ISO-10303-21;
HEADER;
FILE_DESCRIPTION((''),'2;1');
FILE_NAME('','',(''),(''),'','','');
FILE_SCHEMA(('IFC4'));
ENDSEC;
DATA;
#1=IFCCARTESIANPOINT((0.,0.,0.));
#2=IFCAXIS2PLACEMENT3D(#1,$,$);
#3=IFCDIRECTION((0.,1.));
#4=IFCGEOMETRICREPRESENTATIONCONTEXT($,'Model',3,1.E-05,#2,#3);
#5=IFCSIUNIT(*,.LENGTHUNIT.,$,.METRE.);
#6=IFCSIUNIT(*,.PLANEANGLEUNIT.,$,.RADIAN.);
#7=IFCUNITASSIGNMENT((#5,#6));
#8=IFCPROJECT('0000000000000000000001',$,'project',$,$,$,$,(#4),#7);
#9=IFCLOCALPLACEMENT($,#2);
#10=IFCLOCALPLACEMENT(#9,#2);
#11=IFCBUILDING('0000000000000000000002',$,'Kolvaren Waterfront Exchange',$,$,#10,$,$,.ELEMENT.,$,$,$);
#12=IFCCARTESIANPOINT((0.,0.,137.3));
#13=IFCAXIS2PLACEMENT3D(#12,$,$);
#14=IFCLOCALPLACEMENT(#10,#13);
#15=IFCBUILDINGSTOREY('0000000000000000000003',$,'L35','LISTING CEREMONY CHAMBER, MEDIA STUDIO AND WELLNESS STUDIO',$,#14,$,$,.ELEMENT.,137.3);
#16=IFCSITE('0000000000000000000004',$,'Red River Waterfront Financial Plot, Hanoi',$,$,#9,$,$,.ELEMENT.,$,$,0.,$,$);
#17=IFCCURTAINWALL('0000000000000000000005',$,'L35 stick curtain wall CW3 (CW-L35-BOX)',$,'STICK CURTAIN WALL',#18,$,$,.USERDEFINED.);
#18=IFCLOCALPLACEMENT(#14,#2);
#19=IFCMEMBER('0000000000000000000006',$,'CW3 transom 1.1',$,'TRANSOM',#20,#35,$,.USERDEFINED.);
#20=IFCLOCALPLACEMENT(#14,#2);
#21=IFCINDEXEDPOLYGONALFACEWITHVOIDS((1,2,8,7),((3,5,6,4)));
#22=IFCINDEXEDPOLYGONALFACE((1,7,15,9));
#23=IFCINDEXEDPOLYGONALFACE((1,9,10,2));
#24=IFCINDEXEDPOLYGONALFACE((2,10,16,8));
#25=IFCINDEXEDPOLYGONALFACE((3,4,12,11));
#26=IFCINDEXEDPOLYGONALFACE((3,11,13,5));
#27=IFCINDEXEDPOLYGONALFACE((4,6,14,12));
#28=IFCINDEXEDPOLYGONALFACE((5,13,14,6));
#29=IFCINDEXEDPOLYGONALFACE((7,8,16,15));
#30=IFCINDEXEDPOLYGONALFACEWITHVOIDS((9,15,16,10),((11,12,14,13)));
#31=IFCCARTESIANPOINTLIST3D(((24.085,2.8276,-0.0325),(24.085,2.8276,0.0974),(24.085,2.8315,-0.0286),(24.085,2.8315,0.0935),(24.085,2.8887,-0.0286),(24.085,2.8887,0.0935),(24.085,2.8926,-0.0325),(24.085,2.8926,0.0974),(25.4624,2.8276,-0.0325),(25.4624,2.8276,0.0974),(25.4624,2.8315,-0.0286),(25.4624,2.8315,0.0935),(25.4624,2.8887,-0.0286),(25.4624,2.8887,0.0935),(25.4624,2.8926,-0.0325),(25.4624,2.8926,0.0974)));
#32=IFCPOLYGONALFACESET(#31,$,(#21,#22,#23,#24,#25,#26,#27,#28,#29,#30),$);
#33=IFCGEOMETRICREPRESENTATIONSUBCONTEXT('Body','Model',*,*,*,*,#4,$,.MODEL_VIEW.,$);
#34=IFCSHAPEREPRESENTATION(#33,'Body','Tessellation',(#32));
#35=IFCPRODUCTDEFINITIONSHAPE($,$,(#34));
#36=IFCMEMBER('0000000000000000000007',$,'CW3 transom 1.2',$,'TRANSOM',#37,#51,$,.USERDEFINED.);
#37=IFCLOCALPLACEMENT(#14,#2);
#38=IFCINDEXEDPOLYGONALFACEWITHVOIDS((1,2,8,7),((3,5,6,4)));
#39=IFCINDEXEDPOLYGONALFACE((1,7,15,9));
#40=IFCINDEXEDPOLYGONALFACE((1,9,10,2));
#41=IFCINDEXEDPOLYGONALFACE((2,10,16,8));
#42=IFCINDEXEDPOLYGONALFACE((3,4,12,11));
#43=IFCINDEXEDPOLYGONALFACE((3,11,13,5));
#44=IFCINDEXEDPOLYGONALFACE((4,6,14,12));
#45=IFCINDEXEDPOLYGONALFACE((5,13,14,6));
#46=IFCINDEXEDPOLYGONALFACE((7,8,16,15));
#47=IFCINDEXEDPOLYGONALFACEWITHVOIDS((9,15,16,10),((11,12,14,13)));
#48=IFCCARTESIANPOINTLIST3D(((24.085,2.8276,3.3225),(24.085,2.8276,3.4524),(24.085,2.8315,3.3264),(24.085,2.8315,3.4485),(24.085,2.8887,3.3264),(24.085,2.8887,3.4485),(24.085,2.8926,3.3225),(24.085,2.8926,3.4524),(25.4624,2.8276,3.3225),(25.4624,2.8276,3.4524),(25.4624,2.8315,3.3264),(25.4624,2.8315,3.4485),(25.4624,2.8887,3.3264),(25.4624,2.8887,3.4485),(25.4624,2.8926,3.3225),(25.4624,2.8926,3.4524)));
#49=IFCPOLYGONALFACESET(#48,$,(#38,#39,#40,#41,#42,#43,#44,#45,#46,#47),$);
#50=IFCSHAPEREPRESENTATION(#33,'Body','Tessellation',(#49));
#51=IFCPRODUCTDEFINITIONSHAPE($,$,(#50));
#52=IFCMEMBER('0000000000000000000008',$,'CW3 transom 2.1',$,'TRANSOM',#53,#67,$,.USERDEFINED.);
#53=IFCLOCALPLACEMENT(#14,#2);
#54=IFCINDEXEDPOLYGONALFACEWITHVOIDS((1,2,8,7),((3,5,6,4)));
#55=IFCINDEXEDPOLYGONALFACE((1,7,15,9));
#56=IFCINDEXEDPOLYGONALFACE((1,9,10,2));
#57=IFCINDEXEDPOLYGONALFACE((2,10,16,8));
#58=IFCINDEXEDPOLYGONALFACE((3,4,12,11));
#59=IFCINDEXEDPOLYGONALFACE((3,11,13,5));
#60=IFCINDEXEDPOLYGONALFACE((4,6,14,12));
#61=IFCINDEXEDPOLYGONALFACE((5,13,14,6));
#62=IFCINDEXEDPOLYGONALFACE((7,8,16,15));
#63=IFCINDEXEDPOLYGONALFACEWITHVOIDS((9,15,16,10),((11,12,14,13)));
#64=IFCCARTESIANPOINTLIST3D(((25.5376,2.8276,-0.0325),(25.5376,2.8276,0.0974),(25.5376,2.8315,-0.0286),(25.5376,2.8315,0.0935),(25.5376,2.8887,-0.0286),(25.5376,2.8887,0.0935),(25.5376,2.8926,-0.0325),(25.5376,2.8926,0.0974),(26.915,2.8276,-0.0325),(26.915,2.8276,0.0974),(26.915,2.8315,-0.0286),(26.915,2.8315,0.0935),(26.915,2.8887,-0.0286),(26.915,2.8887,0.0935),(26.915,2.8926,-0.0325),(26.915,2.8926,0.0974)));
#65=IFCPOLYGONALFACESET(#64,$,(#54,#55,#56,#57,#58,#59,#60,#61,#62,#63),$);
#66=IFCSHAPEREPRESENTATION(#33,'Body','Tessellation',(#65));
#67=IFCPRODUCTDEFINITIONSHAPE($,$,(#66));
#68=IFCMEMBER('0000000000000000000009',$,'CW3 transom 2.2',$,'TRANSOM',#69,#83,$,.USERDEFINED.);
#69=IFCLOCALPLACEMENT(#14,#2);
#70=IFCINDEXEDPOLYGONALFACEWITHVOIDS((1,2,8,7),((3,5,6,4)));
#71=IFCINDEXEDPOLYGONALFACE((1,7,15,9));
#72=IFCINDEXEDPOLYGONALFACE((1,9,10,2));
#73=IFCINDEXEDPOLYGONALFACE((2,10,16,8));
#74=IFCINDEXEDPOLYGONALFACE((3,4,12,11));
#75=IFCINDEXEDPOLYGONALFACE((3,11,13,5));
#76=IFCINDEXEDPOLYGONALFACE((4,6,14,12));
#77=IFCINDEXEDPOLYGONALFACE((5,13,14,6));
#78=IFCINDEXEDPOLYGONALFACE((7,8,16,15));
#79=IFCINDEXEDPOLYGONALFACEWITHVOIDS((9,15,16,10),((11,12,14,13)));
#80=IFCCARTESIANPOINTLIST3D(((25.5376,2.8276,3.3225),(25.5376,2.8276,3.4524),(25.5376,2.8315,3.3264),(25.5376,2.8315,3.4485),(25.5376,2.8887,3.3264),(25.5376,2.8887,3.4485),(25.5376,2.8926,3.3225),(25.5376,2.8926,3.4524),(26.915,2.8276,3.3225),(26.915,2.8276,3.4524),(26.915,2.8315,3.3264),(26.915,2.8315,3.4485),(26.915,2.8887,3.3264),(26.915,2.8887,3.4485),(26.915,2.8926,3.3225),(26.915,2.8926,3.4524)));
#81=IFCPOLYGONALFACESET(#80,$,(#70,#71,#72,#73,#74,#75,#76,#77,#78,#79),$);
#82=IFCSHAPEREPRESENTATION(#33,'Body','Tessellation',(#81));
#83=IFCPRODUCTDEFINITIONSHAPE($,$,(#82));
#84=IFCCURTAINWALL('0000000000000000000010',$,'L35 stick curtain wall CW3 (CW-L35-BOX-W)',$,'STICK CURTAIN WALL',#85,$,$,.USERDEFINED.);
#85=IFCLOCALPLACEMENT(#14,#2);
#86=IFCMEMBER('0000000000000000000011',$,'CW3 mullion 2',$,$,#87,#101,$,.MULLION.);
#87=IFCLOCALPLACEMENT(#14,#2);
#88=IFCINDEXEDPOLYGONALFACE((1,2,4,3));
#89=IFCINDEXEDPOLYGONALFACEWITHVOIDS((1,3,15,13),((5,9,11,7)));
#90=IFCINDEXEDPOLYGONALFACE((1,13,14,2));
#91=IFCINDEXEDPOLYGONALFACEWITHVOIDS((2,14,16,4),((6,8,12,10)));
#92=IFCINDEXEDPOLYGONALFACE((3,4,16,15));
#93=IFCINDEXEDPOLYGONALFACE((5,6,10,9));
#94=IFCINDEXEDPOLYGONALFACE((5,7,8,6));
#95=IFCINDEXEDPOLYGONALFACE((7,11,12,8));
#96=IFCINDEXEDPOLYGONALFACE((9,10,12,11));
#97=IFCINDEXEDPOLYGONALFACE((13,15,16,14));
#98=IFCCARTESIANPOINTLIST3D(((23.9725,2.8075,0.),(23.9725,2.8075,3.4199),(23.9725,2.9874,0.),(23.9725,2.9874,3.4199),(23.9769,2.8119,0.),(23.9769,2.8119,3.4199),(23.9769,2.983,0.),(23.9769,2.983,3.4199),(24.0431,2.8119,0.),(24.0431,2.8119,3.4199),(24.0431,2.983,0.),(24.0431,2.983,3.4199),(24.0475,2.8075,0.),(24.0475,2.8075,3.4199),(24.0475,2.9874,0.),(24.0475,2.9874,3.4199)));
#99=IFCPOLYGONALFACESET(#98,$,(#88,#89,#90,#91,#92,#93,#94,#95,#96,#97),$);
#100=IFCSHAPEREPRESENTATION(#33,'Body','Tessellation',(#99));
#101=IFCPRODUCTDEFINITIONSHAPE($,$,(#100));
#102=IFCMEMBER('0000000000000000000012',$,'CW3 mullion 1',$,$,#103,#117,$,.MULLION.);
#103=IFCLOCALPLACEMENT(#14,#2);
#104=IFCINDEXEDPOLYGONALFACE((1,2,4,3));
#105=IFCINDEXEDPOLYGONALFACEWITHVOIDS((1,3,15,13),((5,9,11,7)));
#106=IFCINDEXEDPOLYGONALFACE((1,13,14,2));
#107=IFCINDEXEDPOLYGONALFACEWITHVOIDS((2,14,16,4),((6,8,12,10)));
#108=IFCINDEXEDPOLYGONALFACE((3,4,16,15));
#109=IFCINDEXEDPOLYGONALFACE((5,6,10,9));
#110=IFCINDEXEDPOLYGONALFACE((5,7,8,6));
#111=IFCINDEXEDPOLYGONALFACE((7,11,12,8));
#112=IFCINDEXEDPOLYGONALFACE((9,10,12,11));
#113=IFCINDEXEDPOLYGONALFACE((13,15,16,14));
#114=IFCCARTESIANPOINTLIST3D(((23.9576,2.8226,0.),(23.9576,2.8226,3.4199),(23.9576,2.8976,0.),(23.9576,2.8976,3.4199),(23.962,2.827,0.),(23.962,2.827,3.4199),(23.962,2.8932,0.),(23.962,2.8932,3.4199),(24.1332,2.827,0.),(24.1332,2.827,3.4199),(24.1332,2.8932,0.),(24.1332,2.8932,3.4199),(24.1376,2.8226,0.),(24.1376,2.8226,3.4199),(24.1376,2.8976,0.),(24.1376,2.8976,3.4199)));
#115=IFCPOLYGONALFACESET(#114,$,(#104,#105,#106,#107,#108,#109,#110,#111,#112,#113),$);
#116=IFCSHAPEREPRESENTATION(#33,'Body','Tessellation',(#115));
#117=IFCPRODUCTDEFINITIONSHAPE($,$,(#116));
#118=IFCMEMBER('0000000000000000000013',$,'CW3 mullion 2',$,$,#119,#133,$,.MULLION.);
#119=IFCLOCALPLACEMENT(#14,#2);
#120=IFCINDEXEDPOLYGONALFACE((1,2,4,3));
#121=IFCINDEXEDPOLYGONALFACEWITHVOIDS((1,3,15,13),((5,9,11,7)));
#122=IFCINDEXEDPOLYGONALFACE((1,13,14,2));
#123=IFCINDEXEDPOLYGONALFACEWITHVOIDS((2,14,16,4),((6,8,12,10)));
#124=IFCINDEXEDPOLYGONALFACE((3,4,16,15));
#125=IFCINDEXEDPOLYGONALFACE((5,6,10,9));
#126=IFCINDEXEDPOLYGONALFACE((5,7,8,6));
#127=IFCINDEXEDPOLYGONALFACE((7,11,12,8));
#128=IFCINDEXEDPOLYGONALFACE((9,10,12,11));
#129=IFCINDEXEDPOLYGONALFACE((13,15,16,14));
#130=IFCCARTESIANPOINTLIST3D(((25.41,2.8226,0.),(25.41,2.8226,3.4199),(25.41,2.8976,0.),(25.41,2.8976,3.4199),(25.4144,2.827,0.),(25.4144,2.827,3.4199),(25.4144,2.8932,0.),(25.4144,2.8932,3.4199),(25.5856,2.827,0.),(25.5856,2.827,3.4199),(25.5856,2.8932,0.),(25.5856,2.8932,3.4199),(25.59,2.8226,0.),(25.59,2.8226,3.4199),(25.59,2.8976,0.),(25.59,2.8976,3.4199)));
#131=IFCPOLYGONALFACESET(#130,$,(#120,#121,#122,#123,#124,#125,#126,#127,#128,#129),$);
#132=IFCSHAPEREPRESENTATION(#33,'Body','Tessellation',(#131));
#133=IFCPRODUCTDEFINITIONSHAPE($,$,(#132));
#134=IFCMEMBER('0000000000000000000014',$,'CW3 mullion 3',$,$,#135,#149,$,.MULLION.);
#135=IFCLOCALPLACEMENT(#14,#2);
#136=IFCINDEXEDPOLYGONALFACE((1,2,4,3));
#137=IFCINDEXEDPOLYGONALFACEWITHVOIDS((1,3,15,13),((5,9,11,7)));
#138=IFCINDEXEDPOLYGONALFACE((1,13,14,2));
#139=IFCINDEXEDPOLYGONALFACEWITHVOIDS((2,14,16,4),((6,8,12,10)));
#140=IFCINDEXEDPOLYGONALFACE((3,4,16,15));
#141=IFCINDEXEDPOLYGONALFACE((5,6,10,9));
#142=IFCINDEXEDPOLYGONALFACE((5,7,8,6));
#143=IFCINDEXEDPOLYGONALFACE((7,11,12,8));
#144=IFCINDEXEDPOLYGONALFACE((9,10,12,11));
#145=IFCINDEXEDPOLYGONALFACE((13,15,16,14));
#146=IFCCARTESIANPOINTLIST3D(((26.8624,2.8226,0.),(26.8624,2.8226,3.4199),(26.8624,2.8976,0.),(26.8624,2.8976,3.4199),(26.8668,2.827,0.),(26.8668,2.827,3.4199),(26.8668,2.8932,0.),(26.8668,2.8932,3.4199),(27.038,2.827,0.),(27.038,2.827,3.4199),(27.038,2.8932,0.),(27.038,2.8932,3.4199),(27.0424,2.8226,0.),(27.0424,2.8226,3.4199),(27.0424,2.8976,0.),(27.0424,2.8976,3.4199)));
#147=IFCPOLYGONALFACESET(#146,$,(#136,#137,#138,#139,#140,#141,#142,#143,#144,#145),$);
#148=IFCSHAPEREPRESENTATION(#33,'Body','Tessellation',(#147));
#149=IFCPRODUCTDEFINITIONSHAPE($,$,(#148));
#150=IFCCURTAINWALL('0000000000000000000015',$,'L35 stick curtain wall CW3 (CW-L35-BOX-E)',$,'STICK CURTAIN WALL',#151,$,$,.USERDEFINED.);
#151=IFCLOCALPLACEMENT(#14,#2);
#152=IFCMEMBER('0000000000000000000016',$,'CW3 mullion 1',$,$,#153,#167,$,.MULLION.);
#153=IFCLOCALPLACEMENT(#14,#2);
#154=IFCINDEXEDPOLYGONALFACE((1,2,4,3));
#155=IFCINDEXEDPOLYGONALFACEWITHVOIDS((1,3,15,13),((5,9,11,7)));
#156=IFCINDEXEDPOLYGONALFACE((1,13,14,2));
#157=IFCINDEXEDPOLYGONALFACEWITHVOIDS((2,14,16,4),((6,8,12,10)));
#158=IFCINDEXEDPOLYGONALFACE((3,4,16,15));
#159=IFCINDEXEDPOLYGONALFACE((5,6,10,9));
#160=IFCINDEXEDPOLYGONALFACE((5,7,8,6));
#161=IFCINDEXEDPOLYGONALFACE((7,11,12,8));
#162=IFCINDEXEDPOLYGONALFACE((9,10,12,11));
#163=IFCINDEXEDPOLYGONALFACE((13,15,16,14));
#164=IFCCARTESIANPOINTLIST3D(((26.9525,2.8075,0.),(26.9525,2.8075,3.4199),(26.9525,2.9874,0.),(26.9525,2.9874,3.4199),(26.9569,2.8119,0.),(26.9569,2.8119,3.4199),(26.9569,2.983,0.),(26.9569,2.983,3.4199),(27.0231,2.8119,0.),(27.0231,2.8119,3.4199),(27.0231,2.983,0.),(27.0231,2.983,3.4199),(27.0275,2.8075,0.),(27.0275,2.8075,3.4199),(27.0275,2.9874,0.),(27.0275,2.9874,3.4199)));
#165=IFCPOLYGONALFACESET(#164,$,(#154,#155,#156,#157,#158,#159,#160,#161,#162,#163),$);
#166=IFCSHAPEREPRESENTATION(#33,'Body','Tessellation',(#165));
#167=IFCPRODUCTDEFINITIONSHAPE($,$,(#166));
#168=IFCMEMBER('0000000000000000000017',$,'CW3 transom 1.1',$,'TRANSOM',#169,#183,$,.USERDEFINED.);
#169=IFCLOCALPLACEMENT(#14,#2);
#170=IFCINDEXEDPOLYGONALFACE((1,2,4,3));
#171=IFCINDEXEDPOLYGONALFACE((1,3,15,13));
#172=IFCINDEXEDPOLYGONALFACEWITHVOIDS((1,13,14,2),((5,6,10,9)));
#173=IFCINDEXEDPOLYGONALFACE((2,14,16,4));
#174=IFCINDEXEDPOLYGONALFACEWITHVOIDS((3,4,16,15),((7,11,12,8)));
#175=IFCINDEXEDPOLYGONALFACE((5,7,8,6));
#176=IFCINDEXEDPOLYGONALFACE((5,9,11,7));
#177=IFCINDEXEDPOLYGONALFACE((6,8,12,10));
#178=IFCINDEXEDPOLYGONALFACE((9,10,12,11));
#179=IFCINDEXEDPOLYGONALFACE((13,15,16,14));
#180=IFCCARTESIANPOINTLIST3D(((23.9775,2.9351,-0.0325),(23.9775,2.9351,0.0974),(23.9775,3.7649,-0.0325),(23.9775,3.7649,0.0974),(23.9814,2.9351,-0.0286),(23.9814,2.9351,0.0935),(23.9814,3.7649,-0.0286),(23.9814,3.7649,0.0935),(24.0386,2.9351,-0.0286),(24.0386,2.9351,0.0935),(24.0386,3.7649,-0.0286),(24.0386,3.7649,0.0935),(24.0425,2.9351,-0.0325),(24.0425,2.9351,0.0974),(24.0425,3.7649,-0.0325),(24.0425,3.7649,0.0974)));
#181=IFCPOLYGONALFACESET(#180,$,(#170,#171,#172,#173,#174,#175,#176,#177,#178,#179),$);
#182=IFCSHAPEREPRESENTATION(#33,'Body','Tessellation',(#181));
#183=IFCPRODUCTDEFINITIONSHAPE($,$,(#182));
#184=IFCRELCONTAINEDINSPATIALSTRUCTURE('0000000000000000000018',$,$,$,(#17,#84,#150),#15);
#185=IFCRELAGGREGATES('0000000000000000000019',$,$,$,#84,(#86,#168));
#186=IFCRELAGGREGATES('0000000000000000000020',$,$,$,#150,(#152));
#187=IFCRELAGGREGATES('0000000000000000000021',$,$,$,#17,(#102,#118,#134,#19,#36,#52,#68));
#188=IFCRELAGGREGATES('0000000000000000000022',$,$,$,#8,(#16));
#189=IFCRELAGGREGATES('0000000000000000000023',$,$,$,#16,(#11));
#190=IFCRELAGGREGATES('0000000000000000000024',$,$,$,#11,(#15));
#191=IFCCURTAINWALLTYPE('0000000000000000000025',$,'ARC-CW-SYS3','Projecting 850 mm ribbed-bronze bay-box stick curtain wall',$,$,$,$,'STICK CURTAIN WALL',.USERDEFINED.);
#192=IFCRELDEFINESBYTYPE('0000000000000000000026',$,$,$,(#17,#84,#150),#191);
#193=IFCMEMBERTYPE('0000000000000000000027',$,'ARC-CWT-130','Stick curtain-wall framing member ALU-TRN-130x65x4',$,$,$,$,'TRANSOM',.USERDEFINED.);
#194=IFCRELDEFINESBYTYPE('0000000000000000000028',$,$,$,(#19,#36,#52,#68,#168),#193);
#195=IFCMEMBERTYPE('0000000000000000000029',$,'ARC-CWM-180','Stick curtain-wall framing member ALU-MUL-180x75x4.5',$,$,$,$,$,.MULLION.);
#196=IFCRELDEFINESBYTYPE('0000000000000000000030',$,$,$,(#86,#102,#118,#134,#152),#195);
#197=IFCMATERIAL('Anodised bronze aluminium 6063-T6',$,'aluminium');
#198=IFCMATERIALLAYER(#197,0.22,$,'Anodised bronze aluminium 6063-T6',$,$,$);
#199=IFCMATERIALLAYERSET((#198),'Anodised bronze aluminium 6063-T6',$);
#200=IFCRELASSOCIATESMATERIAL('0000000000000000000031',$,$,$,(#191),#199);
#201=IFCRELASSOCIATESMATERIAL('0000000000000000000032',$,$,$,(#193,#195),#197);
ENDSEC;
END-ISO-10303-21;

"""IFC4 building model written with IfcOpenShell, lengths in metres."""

from ifc_helpers import new_model, si_unit, direction, frame, origin, origin_with_axes, origin_2d, place, context, subcontext, project, spatial, hollow_rectangle, extrude, source, transform, mapped, material, layer, layer_set, material_profile, profile_set, type_object, element, aggregate, save


model = new_model("IFC4")

# Units and contexts
model_context = context("Model", 3, precision=1e-05, world=origin(), true_north=direction((0.0, 1.0)))
body_context = subcontext(model_context, "Body", "Model", "MODEL_VIEW")
ifc_project = project(units=[si_unit("LENGTHUNIT", "METRE"), si_unit("PLANEANGLEUNIT", "RADIAN")], contexts=[model_context])

# Site, building, storey
site_placement = place(None, origin())
site = spatial("IfcSite", under=ifc_project, at=site_placement, Name="Red River Waterfront Financial Plot, Hanoi", CompositionType="ELEMENT", RefElevation=0.0)
building_placement = place(site_placement, origin())
building = spatial("IfcBuilding", under=site, at=building_placement, Name="Kolvaren Waterfront Exchange", CompositionType="ELEMENT")
storey_placement = place(building_placement, frame((0.0, 0.0, 137.3)))
storey = spatial("IfcBuildingStorey", under=building, at=storey_placement, Name="L35", Description="LISTING CEREMONY CHAMBER, MEDIA STUDIO AND WELLNESS STUDIO", CompositionType="ELEMENT", Elevation=137.3)

# Curtain wall, members
ifc_material_1 = material(Name="Anodised bronze aluminium 6063-T6", Category="aluminium")
ifc_layer_1 = layer(ifc_material_1, 0.22, Name="Anodised bronze aluminium 6063-T6")
ifc_layer_set_1 = layer_set([ifc_layer_1], Name="Anodised bronze aluminium 6063-T6")
curtain_wall_type = type_object("IfcCurtainWallType", Name="ARC-CW-SYS3", Description="Projecting 850 mm ribbed-bronze bay-box stick curtain wall", ElementType="STICK CURTAIN WALL", PredefinedType="USERDEFINED", material=ifc_layer_set_1)
curtain_wall_1_placement = place(storey_placement, origin())
curtain_wall_1 = element("IfcCurtainWall", 1, at=curtain_wall_1_placement, inside=storey, type_object=curtain_wall_type, Name="L35 stick curtain wall CW3 (CW-L35-BOX)", ObjectType="STICK CURTAIN WALL", PredefinedType="USERDEFINED")
ifc_material_profile_1 = material_profile(ifc_material_1, hollow_rectangle(XDim=0.0649, YDim=0.1299, WallThickness=0.0039, at=origin_2d()), Name="ALU-TRN-130x65x4")
ifc_profile_set_1 = profile_set([ifc_material_profile_1], Name="Anodised bronze aluminium 6063-T6")
member_type_1 = type_object("IfcMemberType", Name="ARC-CWT-130", Description="Stick curtain-wall framing member ALU-TRN-130x65x4", ElementType="TRANSOM", PredefinedType="USERDEFINED", material=ifc_profile_set_1)
shared_shape_1 = source(origin_with_axes(), body_context, "Body", "SweptSolid", [
    extrude(hollow_rectangle(XDim=0.0649, YDim=0.1299, WallThickness=0.0039, at=origin_2d()), origin(), (0.0, 0.0, 1.0), 1.3774),
])
member_1_placement = place(storey_placement, frame((24.085, 2.8601, 0.0325), z_axis=(1.0, 0.0, 0.0), x_axis=(0.0, 1.0, 0.0)))
member_1 = element("IfcMember", 2, at=member_1_placement, type_object=member_type_1, Name="CW3 transom 1.1", ObjectType="TRANSOM", PredefinedType="USERDEFINED", context=body_context, shape_type="MappedRepresentation", body=[
    mapped(shared_shape_1, transform((0.0, 0.0, 0.0), x_axis=(1.0, 0.0, 0.0), y_axis=(0.0, 1.0, 0.0), z_axis=(0.0, 0.0, 1.0), scale=1.0)),
])
member_2_placement = place(storey_placement, frame((24.085, 2.8601, 3.3875), z_axis=(1.0, 0.0, 0.0), x_axis=(0.0, 1.0, 0.0)))
member_2 = element("IfcMember", 3, at=member_2_placement, type_object=member_type_1, Name="CW3 transom 1.2", ObjectType="TRANSOM", PredefinedType="USERDEFINED", context=body_context, shape_type="MappedRepresentation", body=[
    mapped(shared_shape_1, transform((0.0, 0.0, 0.0), x_axis=(1.0, 0.0, 0.0), y_axis=(0.0, 1.0, 0.0), z_axis=(0.0, 0.0, 1.0), scale=1.0)),
])
member_3_placement = place(storey_placement, frame((25.5376, 2.8601, 0.0325), z_axis=(1.0, 0.0, 0.0), x_axis=(0.0, 1.0, 0.0)))
member_3 = element("IfcMember", 4, at=member_3_placement, type_object=member_type_1, Name="CW3 transom 2.1", ObjectType="TRANSOM", PredefinedType="USERDEFINED", context=body_context, shape_type="MappedRepresentation", body=[
    mapped(shared_shape_1, transform((0.0, 0.0, 0.0), x_axis=(1.0, 0.0, 0.0), y_axis=(0.0, 1.0, 0.0), z_axis=(0.0, 0.0, 1.0), scale=1.0)),
])
member_4_placement = place(storey_placement, frame((25.5376, 2.8601, 3.3875), z_axis=(1.0, 0.0, 0.0), x_axis=(0.0, 1.0, 0.0)))
member_4 = element("IfcMember", 5, at=member_4_placement, type_object=member_type_1, Name="CW3 transom 2.2", ObjectType="TRANSOM", PredefinedType="USERDEFINED", context=body_context, shape_type="MappedRepresentation", body=[
    mapped(shared_shape_1, transform((0.0, 0.0, 0.0), x_axis=(1.0, 0.0, 0.0), y_axis=(0.0, 1.0, 0.0), z_axis=(0.0, 0.0, 1.0), scale=1.0)),
])

# Curtain wall, member
curtain_wall_2_placement = place(storey_placement, origin())
curtain_wall_2 = element("IfcCurtainWall", 6, at=curtain_wall_2_placement, inside=storey, type_object=curtain_wall_type, Name="L35 stick curtain wall CW3 (CW-L35-BOX-W)", ObjectType="STICK CURTAIN WALL", PredefinedType="USERDEFINED")
ifc_material_profile_2 = material_profile(ifc_material_1, hollow_rectangle(XDim=0.075, YDim=0.1799, WallThickness=0.0044, at=origin_2d()), Name="ALU-MUL-180x75x4.5")
ifc_profile_set_2 = profile_set([ifc_material_profile_2], Name="Anodised bronze aluminium 6063-T6")
member_type_2 = type_object("IfcMemberType", Name="ARC-CWM-180", Description="Stick curtain-wall framing member ALU-MUL-180x75x4.5", PredefinedType="MULLION", material=ifc_profile_set_2)
shared_shape_2 = source(origin_with_axes(), body_context, "Body", "SweptSolid", [
    extrude(hollow_rectangle(XDim=0.075, YDim=0.1799, WallThickness=0.0044, at=origin_2d()), origin(), (0.0, 0.0, 1.0), 3.4199),
])
member_5_placement = place(storey_placement, frame((24.01, 2.8975, 0.0), z_axis=(0.0, 0.0, 1.0), x_axis=(1.0, 0.0, 0.0)))
member_5 = element("IfcMember", 7, at=member_5_placement, type_object=member_type_2, Name="CW3 mullion 2", PredefinedType="MULLION", context=body_context, shape_type="MappedRepresentation", body=[
    mapped(shared_shape_2, transform((0.0, 0.0, 0.0), x_axis=(1.0, 0.0, 0.0), y_axis=(0.0, 1.0, 0.0), z_axis=(0.0, 0.0, 1.0), scale=1.0)),
])

# Members
member_6_placement = place(storey_placement, frame((24.0476, 2.8601, 0.0), z_axis=(0.0, 0.0, 1.0), x_axis=(0.0, 1.0, 0.0)))
member_6 = element("IfcMember", 8, at=member_6_placement, type_object=member_type_2, Name="CW3 mullion 1", PredefinedType="MULLION", context=body_context, shape_type="MappedRepresentation", body=[
    mapped(shared_shape_2, transform((0.0, 0.0, 0.0), x_axis=(1.0, 0.0, 0.0), y_axis=(0.0, 1.0, 0.0), z_axis=(0.0, 0.0, 1.0), scale=1.0)),
])
member_7_placement = place(storey_placement, frame((25.5, 2.8601, 0.0), z_axis=(0.0, 0.0, 1.0), x_axis=(0.0, 1.0, 0.0)))
member_7 = element("IfcMember", 9, at=member_7_placement, type_object=member_type_2, Name="CW3 mullion 2", PredefinedType="MULLION", context=body_context, shape_type="MappedRepresentation", body=[
    mapped(shared_shape_2, transform((0.0, 0.0, 0.0), x_axis=(1.0, 0.0, 0.0), y_axis=(0.0, 1.0, 0.0), z_axis=(0.0, 0.0, 1.0), scale=1.0)),
])
member_8_placement = place(storey_placement, frame((26.9524, 2.8601, 0.0), z_axis=(0.0, 0.0, 1.0), x_axis=(0.0, 1.0, 0.0)))
member_8 = element("IfcMember", 10, at=member_8_placement, type_object=member_type_2, Name="CW3 mullion 3", PredefinedType="MULLION", context=body_context, shape_type="MappedRepresentation", body=[
    mapped(shared_shape_2, transform((0.0, 0.0, 0.0), x_axis=(1.0, 0.0, 0.0), y_axis=(0.0, 1.0, 0.0), z_axis=(0.0, 0.0, 1.0), scale=1.0)),
])

# Curtain wall, member
curtain_wall_3_placement = place(storey_placement, origin())
curtain_wall_3 = element("IfcCurtainWall", 11, at=curtain_wall_3_placement, inside=storey, type_object=curtain_wall_type, Name="L35 stick curtain wall CW3 (CW-L35-BOX-E)", ObjectType="STICK CURTAIN WALL", PredefinedType="USERDEFINED")
member_9_placement = place(storey_placement, frame((26.99, 2.8975, 0.0), z_axis=(0.0, 0.0, 1.0), x_axis=(-1.0, 0.0, 0.0)))
member_9 = element("IfcMember", 12, at=member_9_placement, type_object=member_type_2, Name="CW3 mullion 1", PredefinedType="MULLION", context=body_context, shape_type="MappedRepresentation", body=[
    mapped(shared_shape_2, transform((0.0, 0.0, 0.0), x_axis=(1.0, 0.0, 0.0), y_axis=(0.0, 1.0, 0.0), z_axis=(0.0, 0.0, 1.0), scale=1.0)),
])

# Member
shared_shape_3 = source(origin_with_axes(), body_context, "Body", "SweptSolid", [
    extrude(hollow_rectangle(XDim=0.0649, YDim=0.1299, WallThickness=0.0039, at=origin_2d()), origin(), (0.0, 0.0, 1.0), 0.8298),
])
member_10_placement = place(storey_placement, frame((24.01, 3.7649, 0.0325), z_axis=(0.0, -1.0, 0.0), x_axis=(1.0, 0.0, 0.0)))
member_10 = element("IfcMember", 13, at=member_10_placement, type_object=member_type_1, Name="CW3 transom 1.1", ObjectType="TRANSOM", PredefinedType="USERDEFINED", context=body_context, shape_type="MappedRepresentation", body=[
    mapped(shared_shape_3, transform((0.0, 0.0, 0.0), x_axis=(1.0, 0.0, 0.0), y_axis=(0.0, 1.0, 0.0), z_axis=(0.0, 0.0, 1.0), scale=1.0)),
])

aggregate(curtain_wall_2, [member_5, member_10])
aggregate(curtain_wall_3, [member_9])
aggregate(curtain_wall_1, [member_6, member_7, member_8, member_1, member_2, member_3, member_4])

save(model, "model.ifc")
